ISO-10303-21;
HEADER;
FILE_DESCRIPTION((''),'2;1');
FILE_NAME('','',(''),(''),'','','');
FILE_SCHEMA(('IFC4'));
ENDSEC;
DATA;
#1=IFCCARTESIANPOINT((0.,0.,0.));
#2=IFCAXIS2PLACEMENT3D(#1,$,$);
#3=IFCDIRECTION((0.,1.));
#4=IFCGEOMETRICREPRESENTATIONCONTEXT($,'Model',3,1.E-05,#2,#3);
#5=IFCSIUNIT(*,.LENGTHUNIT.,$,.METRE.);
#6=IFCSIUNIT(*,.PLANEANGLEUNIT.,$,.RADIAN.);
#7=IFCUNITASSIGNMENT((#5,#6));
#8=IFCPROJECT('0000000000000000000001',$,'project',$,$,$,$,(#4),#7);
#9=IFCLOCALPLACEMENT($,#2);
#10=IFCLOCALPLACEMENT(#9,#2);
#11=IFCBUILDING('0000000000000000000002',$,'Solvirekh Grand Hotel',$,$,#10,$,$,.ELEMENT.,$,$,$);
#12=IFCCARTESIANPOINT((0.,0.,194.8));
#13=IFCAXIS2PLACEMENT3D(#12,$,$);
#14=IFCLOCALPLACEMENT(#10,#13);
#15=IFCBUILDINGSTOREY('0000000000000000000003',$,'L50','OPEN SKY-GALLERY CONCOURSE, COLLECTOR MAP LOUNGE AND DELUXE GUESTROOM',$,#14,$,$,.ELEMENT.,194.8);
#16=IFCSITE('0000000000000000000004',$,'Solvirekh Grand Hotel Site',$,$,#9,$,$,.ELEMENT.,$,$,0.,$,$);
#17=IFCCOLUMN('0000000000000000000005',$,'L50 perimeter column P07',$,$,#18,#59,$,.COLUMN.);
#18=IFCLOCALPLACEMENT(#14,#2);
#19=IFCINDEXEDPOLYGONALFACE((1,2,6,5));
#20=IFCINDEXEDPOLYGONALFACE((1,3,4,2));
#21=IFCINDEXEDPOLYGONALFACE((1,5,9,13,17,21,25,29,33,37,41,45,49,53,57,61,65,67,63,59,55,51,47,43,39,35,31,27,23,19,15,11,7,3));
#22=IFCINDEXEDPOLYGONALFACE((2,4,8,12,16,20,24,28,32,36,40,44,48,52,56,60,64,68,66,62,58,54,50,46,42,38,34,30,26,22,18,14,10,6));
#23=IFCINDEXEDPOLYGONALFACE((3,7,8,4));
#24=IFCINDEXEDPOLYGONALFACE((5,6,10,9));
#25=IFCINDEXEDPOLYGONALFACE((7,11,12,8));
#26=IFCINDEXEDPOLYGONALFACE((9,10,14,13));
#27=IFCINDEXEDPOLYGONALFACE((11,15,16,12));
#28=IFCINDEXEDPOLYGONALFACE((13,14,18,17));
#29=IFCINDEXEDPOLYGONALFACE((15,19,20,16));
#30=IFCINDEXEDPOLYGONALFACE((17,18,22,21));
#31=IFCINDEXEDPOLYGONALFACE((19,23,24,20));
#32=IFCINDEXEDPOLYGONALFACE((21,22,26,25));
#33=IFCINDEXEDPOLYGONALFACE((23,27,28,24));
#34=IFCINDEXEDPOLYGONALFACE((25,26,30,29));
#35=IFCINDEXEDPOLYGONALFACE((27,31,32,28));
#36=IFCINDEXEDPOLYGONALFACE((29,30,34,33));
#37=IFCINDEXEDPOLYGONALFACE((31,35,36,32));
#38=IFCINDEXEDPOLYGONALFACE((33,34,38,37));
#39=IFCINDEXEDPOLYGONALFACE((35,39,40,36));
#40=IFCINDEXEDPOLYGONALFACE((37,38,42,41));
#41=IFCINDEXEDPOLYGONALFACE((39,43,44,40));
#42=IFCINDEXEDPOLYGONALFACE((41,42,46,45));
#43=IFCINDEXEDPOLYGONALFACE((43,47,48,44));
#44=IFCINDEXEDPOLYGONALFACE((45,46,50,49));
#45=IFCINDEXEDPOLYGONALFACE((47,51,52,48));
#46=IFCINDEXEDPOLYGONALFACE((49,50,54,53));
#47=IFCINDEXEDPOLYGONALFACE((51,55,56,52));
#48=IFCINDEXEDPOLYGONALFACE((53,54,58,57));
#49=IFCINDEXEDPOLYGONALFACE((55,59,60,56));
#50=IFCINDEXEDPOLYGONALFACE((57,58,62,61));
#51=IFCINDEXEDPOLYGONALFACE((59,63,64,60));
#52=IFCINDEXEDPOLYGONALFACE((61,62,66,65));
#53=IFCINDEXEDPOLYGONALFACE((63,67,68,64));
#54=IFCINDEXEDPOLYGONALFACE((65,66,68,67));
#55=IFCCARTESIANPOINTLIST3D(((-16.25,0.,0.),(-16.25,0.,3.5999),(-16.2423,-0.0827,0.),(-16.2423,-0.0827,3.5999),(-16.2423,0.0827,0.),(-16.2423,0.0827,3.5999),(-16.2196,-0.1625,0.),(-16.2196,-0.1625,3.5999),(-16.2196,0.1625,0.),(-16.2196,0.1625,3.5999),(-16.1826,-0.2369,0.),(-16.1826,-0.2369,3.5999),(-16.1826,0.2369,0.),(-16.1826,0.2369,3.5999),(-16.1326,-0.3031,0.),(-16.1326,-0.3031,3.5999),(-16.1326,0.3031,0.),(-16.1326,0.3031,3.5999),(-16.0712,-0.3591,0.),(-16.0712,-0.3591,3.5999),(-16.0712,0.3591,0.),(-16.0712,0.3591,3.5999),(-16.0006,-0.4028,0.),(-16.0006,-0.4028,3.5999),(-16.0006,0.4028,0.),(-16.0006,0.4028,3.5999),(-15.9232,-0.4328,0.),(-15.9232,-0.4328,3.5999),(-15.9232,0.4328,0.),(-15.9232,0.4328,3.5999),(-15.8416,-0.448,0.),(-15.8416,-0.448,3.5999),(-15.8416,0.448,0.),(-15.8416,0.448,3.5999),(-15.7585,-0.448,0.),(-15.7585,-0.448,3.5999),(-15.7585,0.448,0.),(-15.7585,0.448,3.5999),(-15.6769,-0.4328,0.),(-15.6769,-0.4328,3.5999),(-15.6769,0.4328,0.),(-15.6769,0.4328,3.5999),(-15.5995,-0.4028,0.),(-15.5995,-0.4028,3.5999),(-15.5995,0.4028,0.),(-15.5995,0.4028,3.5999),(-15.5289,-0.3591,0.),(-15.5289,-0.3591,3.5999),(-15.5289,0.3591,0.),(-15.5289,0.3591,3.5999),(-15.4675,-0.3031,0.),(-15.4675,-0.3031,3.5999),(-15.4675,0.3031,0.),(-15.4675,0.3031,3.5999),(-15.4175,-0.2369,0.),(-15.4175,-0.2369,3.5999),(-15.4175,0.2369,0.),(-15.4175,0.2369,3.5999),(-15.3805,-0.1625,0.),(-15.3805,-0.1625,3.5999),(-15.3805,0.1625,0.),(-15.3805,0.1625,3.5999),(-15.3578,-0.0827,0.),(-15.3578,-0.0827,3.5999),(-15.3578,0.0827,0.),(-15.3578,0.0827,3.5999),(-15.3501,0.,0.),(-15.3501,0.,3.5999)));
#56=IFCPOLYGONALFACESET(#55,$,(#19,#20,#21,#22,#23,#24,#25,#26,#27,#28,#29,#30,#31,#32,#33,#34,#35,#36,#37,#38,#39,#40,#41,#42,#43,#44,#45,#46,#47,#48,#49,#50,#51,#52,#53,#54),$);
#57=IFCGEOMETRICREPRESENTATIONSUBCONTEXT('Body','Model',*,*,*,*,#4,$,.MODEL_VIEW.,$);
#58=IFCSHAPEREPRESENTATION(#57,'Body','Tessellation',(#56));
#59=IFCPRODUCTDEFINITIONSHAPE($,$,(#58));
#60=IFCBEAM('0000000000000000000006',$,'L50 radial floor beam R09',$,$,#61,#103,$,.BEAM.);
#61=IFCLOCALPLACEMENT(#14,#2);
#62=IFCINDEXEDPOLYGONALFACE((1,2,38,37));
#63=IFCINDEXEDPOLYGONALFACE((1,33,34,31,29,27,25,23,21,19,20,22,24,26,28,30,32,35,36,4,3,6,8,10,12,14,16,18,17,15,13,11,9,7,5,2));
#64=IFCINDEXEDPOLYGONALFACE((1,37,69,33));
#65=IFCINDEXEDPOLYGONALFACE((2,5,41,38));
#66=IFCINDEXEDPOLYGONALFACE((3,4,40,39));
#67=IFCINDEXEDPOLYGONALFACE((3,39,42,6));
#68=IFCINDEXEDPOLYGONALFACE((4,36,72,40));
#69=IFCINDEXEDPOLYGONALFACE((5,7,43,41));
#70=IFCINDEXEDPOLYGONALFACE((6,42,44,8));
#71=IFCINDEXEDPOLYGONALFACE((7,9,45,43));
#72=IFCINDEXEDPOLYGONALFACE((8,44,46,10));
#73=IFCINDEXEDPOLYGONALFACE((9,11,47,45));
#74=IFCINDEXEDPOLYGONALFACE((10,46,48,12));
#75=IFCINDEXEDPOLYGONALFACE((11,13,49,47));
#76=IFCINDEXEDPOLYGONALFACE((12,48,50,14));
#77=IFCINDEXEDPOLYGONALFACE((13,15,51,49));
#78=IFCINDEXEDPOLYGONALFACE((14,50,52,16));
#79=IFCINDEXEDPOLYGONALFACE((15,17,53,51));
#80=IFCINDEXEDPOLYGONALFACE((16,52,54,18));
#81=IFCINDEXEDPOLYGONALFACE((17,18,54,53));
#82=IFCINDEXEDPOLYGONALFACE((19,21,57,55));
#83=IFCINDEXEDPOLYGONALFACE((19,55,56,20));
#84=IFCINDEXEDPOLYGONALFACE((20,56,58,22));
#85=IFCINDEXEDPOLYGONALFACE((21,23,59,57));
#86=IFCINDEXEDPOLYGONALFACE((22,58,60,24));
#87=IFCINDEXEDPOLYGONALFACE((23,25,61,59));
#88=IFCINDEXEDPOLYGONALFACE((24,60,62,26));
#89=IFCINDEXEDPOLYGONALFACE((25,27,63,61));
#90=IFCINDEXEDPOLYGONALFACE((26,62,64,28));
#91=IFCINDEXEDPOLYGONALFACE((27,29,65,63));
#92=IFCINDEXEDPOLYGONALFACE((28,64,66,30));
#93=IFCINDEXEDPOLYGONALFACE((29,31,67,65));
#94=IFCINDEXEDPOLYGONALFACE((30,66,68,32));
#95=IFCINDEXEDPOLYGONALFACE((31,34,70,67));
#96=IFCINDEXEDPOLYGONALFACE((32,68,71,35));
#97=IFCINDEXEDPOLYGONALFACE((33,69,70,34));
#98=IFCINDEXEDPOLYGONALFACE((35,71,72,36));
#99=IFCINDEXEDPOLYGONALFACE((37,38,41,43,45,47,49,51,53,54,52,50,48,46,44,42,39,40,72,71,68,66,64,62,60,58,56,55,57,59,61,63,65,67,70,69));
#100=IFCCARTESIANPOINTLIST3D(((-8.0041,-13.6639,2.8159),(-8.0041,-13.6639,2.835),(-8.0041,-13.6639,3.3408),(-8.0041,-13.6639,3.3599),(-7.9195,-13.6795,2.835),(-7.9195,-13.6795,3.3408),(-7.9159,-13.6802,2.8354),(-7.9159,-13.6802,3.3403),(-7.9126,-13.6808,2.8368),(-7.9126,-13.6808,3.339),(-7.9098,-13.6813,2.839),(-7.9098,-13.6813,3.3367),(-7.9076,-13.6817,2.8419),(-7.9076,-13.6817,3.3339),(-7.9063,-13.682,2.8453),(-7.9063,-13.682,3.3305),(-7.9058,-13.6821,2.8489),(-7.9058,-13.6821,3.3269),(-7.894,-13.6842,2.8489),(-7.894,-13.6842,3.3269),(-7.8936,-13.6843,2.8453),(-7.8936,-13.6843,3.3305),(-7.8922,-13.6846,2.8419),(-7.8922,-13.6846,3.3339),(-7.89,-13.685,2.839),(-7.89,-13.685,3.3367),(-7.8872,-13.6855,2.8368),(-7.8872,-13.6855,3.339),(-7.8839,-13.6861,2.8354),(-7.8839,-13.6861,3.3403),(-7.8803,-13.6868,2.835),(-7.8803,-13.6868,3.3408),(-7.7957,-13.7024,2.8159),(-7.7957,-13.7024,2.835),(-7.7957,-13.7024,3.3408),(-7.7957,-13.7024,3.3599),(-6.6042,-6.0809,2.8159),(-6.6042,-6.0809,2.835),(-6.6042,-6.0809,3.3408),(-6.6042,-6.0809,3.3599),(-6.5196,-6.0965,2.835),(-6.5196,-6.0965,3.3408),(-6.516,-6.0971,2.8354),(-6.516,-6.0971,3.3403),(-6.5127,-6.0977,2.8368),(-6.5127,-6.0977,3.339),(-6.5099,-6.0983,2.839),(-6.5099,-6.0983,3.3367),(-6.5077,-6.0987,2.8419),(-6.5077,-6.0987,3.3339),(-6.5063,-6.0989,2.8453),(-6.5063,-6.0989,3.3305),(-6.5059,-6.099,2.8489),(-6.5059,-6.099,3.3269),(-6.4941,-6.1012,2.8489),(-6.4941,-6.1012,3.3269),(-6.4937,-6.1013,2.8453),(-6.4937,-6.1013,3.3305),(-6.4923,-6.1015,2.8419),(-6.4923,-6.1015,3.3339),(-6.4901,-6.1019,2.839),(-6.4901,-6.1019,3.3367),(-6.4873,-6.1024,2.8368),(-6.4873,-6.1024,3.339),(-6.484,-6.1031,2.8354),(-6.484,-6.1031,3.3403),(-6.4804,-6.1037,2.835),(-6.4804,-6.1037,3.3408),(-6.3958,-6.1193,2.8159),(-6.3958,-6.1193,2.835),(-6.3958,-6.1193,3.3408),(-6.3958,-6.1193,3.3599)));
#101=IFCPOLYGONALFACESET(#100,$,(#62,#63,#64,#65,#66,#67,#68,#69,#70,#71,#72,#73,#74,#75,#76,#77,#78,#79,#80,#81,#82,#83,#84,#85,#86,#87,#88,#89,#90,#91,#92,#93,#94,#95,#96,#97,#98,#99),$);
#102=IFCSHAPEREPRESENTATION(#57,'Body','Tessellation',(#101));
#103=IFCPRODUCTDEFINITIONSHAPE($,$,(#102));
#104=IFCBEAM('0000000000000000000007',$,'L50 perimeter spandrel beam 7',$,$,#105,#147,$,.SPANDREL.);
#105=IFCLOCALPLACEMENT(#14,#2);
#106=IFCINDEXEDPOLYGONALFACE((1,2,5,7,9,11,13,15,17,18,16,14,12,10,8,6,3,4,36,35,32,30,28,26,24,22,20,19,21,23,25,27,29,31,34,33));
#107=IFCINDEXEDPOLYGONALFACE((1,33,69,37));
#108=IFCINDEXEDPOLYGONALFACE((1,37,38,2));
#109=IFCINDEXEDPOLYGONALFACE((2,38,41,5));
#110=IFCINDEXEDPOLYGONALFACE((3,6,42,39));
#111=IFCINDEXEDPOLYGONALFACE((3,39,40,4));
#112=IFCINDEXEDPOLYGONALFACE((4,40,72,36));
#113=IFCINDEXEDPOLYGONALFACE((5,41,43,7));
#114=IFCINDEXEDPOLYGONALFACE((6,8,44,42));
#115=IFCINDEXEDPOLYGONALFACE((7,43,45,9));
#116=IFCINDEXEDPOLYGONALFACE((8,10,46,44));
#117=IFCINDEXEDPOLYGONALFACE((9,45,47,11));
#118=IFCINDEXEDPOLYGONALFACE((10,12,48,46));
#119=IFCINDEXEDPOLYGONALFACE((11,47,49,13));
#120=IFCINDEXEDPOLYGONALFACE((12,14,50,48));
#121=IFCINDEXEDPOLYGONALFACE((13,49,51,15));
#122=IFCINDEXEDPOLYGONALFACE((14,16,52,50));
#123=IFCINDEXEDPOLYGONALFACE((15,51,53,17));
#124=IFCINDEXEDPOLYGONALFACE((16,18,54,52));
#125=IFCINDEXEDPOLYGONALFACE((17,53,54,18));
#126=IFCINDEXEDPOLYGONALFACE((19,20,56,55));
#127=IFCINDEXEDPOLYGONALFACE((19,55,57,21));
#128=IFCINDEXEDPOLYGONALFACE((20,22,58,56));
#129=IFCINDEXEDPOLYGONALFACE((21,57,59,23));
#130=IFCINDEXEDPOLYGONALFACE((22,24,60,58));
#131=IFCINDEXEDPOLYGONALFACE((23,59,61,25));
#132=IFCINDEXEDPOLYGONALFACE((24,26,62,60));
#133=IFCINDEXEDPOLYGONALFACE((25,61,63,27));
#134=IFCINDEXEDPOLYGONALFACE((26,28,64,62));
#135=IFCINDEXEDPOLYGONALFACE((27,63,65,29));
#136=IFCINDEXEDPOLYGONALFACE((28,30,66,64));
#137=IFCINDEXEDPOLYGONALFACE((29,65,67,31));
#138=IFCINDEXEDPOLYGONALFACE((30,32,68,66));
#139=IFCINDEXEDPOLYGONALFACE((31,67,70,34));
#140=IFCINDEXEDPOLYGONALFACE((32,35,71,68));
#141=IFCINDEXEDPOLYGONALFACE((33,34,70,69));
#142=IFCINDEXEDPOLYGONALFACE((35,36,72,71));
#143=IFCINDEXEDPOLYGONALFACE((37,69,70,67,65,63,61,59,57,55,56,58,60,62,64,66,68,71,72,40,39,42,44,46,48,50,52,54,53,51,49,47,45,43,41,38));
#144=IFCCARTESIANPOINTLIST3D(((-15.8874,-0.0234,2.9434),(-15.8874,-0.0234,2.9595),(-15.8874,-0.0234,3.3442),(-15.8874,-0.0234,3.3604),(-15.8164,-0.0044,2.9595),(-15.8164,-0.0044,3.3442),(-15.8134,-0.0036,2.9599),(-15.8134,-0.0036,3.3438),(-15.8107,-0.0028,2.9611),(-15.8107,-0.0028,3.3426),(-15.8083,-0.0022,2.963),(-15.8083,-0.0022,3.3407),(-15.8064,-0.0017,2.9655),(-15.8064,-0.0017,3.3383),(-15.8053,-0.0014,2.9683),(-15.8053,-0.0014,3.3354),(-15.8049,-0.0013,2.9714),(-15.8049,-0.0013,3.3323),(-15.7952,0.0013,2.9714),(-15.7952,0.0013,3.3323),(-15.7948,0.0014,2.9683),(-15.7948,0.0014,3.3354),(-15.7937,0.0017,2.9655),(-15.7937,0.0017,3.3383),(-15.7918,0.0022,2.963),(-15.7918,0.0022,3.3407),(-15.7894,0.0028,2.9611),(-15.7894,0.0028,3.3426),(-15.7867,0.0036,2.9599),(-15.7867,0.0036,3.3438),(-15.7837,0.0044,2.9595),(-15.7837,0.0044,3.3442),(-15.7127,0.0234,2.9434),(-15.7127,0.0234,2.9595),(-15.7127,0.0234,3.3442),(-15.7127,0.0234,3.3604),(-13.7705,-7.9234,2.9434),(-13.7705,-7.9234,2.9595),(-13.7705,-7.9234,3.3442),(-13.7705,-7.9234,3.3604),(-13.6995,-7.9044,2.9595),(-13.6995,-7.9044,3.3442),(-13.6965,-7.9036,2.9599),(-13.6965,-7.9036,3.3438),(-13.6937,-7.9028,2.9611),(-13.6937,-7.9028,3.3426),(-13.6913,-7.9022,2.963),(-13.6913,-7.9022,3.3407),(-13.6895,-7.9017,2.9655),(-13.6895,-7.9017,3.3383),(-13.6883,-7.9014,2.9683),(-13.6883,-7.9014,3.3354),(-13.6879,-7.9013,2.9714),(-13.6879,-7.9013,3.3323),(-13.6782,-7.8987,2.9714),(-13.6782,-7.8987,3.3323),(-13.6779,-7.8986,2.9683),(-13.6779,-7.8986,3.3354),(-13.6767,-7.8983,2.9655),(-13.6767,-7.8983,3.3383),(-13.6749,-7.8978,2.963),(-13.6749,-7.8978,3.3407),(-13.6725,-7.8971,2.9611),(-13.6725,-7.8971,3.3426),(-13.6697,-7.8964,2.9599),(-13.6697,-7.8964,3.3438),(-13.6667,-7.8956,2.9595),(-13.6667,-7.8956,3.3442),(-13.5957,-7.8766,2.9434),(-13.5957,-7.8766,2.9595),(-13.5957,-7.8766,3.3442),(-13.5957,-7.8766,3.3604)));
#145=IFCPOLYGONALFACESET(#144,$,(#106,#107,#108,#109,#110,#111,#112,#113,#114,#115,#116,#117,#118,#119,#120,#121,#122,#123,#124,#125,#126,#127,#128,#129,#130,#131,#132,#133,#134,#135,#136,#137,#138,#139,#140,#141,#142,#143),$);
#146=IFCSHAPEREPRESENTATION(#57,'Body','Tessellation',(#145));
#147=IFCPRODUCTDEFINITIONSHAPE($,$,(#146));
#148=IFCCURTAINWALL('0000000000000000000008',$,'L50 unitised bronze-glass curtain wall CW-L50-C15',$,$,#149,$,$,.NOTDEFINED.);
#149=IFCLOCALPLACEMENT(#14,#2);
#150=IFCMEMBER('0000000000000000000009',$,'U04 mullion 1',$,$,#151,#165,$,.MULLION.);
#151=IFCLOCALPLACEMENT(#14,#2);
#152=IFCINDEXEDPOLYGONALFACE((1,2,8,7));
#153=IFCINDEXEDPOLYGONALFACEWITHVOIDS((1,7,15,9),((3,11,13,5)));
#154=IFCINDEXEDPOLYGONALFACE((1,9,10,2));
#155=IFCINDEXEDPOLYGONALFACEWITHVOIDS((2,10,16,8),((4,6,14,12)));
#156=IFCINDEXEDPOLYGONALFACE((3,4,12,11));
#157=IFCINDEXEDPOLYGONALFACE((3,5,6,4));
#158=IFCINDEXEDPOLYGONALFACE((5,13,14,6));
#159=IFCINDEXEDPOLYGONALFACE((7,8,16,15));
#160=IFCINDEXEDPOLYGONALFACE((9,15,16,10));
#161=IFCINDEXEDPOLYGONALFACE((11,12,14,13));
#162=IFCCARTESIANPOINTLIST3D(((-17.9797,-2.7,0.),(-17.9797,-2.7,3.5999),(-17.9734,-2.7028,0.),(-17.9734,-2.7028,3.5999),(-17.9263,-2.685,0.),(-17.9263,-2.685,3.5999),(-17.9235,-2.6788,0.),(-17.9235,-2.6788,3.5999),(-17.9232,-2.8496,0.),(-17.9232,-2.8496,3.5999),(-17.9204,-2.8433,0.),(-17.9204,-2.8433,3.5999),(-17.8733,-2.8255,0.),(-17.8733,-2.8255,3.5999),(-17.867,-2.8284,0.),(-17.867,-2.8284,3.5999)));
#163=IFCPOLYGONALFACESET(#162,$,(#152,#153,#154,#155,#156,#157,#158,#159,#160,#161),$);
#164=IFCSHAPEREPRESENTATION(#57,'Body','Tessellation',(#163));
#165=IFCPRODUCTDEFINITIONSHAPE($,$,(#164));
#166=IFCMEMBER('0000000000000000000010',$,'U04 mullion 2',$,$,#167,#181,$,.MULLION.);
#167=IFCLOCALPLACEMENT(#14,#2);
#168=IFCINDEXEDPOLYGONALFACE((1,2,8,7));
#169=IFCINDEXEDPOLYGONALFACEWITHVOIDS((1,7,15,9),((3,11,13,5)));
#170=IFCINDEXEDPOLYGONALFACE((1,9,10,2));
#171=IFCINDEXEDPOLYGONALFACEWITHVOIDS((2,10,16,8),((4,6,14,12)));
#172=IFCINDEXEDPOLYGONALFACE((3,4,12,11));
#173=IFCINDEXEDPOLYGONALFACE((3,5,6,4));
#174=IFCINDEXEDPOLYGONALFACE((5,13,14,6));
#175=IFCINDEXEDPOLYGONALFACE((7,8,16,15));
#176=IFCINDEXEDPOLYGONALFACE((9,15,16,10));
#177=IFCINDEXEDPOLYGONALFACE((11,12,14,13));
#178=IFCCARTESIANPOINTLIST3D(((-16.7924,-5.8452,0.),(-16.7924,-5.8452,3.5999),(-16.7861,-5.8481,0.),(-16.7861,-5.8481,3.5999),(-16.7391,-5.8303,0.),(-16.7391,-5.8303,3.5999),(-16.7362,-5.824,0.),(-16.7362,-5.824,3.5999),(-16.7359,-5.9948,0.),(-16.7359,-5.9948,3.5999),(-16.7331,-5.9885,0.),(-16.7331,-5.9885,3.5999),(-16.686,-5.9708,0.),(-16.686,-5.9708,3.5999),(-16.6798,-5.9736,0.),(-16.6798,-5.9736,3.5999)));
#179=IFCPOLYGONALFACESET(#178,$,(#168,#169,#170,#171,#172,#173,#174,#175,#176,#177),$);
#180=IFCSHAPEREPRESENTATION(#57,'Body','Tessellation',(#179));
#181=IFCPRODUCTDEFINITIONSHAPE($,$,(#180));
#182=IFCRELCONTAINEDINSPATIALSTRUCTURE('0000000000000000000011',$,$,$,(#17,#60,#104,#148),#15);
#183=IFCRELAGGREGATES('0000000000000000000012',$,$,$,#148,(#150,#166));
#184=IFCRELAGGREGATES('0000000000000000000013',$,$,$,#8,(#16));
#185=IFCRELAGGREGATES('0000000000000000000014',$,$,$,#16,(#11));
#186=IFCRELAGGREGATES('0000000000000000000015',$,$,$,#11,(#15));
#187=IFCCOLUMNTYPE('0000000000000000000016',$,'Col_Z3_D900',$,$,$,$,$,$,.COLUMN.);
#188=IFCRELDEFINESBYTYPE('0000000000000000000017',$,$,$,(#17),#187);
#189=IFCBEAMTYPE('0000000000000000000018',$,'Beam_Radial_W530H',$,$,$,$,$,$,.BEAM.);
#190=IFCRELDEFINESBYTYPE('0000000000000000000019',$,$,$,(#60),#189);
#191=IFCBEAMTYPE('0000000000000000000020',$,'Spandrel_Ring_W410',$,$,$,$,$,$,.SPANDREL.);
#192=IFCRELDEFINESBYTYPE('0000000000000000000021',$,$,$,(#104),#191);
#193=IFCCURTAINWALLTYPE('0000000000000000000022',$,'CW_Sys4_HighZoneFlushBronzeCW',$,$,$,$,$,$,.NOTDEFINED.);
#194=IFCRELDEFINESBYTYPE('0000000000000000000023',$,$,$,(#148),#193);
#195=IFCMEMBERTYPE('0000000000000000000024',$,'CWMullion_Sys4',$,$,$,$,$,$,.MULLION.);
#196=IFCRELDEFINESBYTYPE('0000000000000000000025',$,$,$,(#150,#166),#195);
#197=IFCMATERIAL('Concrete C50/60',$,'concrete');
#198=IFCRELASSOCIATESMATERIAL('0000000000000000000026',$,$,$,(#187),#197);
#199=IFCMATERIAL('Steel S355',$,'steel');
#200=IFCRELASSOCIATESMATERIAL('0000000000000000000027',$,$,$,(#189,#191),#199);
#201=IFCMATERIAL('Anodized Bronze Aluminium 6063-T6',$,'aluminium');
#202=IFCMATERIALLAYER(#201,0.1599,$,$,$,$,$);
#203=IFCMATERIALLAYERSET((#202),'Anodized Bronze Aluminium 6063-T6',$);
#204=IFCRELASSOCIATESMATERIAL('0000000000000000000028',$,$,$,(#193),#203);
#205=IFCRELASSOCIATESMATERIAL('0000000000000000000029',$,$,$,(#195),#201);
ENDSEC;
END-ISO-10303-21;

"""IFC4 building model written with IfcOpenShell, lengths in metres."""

from ifc_helpers import new_model, si_unit, direction, frame, origin, origin_2d, place, context, subcontext, project, spatial, hollow_rectangle, circle, i_section, extrude, source, transform, mapped, material, layer, layer_set, material_profile, profile_set, type_object, element, aggregate, save


model = new_model("IFC4")

# Units and contexts
model_context = context("Model", 3, precision=1e-05, world=origin(), true_north=direction((0.0, 1.0)))
body_context = subcontext(model_context, "Body", "Model", "MODEL_VIEW")
ifc_project = project(units=[si_unit("LENGTHUNIT", "METRE"), si_unit("PLANEANGLEUNIT", "RADIAN")], contexts=[model_context])

# Site, building, storey
site_placement = place(None, origin())
site = spatial("IfcSite", under=ifc_project, at=site_placement, Name="Solvirekh Grand Hotel Site", CompositionType="ELEMENT", RefElevation=0.0)
building_placement = place(site_placement, origin())
building = spatial("IfcBuilding", under=site, at=building_placement, Name="Solvirekh Grand Hotel", CompositionType="ELEMENT")
storey_placement = place(building_placement, frame((0.0, 0.0, 194.8)))
storey = spatial("IfcBuildingStorey", under=building, at=storey_placement, Name="L50", Description="OPEN SKY-GALLERY CONCOURSE, COLLECTOR MAP LOUNGE AND DELUXE GUESTROOM", CompositionType="ELEMENT", Elevation=194.8)

# Column
ifc_material_1 = material(Name="Concrete C50/60", Category="concrete")
ifc_material_profile_1 = material_profile(ifc_material_1, circle(Radius=0.45, at=origin_2d()), Name="RC CIRC D900")
ifc_profile_set_1 = profile_set([ifc_material_profile_1], Name="Concrete C50/60")
column_type = type_object("IfcColumnType", Name="Col_Z3_D900", PredefinedType="COLUMN", material=ifc_profile_set_1)
column_placement = place(storey_placement, frame((-15.8, 0.0, 0.0), z_axis=(0.0, 0.0, 1.0), x_axis=(1.0, 0.0, 0.0)))
element("IfcColumn", 1, at=column_placement, inside=storey, type_object=column_type, Name="L50 perimeter column P07", PredefinedType="COLUMN", context=body_context, shape_type="SweptSolid", body=[
    extrude(circle(Radius=0.45, at=origin_2d()), origin(), (0.0, 0.0, 1.0), 3.5999),
])

# Beams
ifc_material_2 = material(Name="Steel S355", Category="steel")
ifc_material_profile_2 = material_profile(ifc_material_2, i_section(OverallWidth=0.2119, OverallDepth=0.5439, WebThickness=0.012, FlangeThickness=0.019, FilletRadius=0.0139, at=origin_2d()), Name="W530X123")
ifc_profile_set_2 = profile_set([ifc_material_profile_2], Name="Steel S355")
beam_type_1 = type_object("IfcBeamType", Name="Beam_Radial_W530H", PredefinedType="BEAM", material=ifc_profile_set_2)
beam_1_placement = place(storey_placement, frame((-6.5, -6.1001, 3.0879), z_axis=(-0.181543, -0.983383, 0.0), x_axis=(0.983383, -0.181543, 0.0)))
element("IfcBeam", 2, at=beam_1_placement, inside=storey, type_object=beam_type_1, Name="L50 radial floor beam R09", PredefinedType="BEAM", context=body_context, shape_type="SweptSolid", body=[
    extrude(i_section(OverallWidth=0.2119, OverallDepth=0.5439, WebThickness=0.012, FlangeThickness=0.019, FilletRadius=0.0139, at=origin_2d()), origin(), (0.0, 0.0, 1.0), 7.7112),
])
ifc_material_profile_3 = material_profile(ifc_material_2, i_section(OverallWidth=0.1809, OverallDepth=0.417, WebThickness=0.01, FlangeThickness=0.0161, FilletRadius=0.012, at=origin_2d()), Name="W410X85")
ifc_profile_set_3 = profile_set([ifc_material_profile_3], Name="Steel S355")
beam_type_2 = type_object("IfcBeamType", Name="Spandrel_Ring_W410", PredefinedType="SPANDREL", material=ifc_profile_set_3)
beam_2_placement = place(storey_placement, frame((-15.8, 0.0, 3.1519), z_axis=(0.258839, -0.965921, 0.0), x_axis=(0.965921, 0.258839, 0.0)))
element("IfcBeam", 3, at=beam_2_placement, inside=storey, type_object=beam_type_2, Name="L50 perimeter spandrel beam 7", PredefinedType="SPANDREL", context=body_context, shape_type="SweptSolid", body=[
    extrude(i_section(OverallWidth=0.1809, OverallDepth=0.417, WebThickness=0.01, FlangeThickness=0.0161, FilletRadius=0.012, at=origin_2d()), origin(), (0.0, 0.0, 1.0), 8.1787),
])

# Curtain wall, members
ifc_material_3 = material(Name="Anodized Bronze Aluminium 6063-T6", Category="aluminium")
ifc_layer_1 = layer(ifc_material_3, 0.1599)
ifc_layer_set_1 = layer_set([ifc_layer_1], Name="Anodized Bronze Aluminium 6063-T6")
curtain_wall_type = type_object("IfcCurtainWallType", Name="CW_Sys4_HighZoneFlushBronzeCW", PredefinedType="NOTDEFINED", material=ifc_layer_set_1)
curtain_wall_placement = place(storey_placement, origin())
curtain_wall = element("IfcCurtainWall", 4, at=curtain_wall_placement, inside=storey, type_object=curtain_wall_type, Name="L50 unitised bronze-glass curtain wall CW-L50-C15", PredefinedType="NOTDEFINED")
ifc_material_profile_4 = material_profile(ifc_material_3, hollow_rectangle(XDim=0.0601, YDim=0.1599, WallThickness=0.0049, at=origin_2d()), Name="ALU RHS 160X60X5")
ifc_profile_set_4 = profile_set([ifc_material_profile_4], Name="Anodized Bronze Aluminium 6063-T6")
member_type_1 = type_object("IfcMemberType", Name="CWMullion_Sys4", PredefinedType="MULLION", material=ifc_profile_set_4)
shared_shape_1 = source(origin(), body_context, "Body", "SweptSolid", [
    extrude(hollow_rectangle(XDim=0.0601, YDim=0.1599, WallThickness=0.0049, at=origin_2d()), origin(), (0.0, 0.0, 1.0), 3.5999),
])
member_1_placement = place(storey_placement, frame((-17.9233, -2.7642, 0.0), z_axis=(0.0, 0.0, 1.0), x_axis=(0.935558, 0.353174, 0.0)))
member_1 = element("IfcMember", 5, at=member_1_placement, type_object=member_type_1, Name="U04 mullion 1", PredefinedType="MULLION", context=body_context, shape_type="MappedRepresentation", body=[
    mapped(shared_shape_1, transform((0.0, 0.0, 0.0), x_axis=(1.0, 0.0, 0.0), y_axis=(0.0, 1.0, 0.0), z_axis=(0.0, 0.0, 1.0), scale=1.0)),
])
member_2_placement = place(storey_placement, frame((-16.7361, -5.9094, 0.0), z_axis=(0.0, 0.0, 1.0), x_axis=(0.935558, 0.353174, 0.0)))
member_2 = element("IfcMember", 6, at=member_2_placement, type_object=member_type_1, Name="U04 mullion 2", PredefinedType="MULLION", context=body_context, shape_type="MappedRepresentation", body=[
    mapped(shared_shape_1, transform((0.0, 0.0, 0.0), x_axis=(1.0, 0.0, 0.0), y_axis=(0.0, 1.0, 0.0), z_axis=(0.0, 0.0, 1.0), scale=1.0)),
])
aggregate(curtain_wall, [member_1, member_2])

save(model, "model.ifc")
